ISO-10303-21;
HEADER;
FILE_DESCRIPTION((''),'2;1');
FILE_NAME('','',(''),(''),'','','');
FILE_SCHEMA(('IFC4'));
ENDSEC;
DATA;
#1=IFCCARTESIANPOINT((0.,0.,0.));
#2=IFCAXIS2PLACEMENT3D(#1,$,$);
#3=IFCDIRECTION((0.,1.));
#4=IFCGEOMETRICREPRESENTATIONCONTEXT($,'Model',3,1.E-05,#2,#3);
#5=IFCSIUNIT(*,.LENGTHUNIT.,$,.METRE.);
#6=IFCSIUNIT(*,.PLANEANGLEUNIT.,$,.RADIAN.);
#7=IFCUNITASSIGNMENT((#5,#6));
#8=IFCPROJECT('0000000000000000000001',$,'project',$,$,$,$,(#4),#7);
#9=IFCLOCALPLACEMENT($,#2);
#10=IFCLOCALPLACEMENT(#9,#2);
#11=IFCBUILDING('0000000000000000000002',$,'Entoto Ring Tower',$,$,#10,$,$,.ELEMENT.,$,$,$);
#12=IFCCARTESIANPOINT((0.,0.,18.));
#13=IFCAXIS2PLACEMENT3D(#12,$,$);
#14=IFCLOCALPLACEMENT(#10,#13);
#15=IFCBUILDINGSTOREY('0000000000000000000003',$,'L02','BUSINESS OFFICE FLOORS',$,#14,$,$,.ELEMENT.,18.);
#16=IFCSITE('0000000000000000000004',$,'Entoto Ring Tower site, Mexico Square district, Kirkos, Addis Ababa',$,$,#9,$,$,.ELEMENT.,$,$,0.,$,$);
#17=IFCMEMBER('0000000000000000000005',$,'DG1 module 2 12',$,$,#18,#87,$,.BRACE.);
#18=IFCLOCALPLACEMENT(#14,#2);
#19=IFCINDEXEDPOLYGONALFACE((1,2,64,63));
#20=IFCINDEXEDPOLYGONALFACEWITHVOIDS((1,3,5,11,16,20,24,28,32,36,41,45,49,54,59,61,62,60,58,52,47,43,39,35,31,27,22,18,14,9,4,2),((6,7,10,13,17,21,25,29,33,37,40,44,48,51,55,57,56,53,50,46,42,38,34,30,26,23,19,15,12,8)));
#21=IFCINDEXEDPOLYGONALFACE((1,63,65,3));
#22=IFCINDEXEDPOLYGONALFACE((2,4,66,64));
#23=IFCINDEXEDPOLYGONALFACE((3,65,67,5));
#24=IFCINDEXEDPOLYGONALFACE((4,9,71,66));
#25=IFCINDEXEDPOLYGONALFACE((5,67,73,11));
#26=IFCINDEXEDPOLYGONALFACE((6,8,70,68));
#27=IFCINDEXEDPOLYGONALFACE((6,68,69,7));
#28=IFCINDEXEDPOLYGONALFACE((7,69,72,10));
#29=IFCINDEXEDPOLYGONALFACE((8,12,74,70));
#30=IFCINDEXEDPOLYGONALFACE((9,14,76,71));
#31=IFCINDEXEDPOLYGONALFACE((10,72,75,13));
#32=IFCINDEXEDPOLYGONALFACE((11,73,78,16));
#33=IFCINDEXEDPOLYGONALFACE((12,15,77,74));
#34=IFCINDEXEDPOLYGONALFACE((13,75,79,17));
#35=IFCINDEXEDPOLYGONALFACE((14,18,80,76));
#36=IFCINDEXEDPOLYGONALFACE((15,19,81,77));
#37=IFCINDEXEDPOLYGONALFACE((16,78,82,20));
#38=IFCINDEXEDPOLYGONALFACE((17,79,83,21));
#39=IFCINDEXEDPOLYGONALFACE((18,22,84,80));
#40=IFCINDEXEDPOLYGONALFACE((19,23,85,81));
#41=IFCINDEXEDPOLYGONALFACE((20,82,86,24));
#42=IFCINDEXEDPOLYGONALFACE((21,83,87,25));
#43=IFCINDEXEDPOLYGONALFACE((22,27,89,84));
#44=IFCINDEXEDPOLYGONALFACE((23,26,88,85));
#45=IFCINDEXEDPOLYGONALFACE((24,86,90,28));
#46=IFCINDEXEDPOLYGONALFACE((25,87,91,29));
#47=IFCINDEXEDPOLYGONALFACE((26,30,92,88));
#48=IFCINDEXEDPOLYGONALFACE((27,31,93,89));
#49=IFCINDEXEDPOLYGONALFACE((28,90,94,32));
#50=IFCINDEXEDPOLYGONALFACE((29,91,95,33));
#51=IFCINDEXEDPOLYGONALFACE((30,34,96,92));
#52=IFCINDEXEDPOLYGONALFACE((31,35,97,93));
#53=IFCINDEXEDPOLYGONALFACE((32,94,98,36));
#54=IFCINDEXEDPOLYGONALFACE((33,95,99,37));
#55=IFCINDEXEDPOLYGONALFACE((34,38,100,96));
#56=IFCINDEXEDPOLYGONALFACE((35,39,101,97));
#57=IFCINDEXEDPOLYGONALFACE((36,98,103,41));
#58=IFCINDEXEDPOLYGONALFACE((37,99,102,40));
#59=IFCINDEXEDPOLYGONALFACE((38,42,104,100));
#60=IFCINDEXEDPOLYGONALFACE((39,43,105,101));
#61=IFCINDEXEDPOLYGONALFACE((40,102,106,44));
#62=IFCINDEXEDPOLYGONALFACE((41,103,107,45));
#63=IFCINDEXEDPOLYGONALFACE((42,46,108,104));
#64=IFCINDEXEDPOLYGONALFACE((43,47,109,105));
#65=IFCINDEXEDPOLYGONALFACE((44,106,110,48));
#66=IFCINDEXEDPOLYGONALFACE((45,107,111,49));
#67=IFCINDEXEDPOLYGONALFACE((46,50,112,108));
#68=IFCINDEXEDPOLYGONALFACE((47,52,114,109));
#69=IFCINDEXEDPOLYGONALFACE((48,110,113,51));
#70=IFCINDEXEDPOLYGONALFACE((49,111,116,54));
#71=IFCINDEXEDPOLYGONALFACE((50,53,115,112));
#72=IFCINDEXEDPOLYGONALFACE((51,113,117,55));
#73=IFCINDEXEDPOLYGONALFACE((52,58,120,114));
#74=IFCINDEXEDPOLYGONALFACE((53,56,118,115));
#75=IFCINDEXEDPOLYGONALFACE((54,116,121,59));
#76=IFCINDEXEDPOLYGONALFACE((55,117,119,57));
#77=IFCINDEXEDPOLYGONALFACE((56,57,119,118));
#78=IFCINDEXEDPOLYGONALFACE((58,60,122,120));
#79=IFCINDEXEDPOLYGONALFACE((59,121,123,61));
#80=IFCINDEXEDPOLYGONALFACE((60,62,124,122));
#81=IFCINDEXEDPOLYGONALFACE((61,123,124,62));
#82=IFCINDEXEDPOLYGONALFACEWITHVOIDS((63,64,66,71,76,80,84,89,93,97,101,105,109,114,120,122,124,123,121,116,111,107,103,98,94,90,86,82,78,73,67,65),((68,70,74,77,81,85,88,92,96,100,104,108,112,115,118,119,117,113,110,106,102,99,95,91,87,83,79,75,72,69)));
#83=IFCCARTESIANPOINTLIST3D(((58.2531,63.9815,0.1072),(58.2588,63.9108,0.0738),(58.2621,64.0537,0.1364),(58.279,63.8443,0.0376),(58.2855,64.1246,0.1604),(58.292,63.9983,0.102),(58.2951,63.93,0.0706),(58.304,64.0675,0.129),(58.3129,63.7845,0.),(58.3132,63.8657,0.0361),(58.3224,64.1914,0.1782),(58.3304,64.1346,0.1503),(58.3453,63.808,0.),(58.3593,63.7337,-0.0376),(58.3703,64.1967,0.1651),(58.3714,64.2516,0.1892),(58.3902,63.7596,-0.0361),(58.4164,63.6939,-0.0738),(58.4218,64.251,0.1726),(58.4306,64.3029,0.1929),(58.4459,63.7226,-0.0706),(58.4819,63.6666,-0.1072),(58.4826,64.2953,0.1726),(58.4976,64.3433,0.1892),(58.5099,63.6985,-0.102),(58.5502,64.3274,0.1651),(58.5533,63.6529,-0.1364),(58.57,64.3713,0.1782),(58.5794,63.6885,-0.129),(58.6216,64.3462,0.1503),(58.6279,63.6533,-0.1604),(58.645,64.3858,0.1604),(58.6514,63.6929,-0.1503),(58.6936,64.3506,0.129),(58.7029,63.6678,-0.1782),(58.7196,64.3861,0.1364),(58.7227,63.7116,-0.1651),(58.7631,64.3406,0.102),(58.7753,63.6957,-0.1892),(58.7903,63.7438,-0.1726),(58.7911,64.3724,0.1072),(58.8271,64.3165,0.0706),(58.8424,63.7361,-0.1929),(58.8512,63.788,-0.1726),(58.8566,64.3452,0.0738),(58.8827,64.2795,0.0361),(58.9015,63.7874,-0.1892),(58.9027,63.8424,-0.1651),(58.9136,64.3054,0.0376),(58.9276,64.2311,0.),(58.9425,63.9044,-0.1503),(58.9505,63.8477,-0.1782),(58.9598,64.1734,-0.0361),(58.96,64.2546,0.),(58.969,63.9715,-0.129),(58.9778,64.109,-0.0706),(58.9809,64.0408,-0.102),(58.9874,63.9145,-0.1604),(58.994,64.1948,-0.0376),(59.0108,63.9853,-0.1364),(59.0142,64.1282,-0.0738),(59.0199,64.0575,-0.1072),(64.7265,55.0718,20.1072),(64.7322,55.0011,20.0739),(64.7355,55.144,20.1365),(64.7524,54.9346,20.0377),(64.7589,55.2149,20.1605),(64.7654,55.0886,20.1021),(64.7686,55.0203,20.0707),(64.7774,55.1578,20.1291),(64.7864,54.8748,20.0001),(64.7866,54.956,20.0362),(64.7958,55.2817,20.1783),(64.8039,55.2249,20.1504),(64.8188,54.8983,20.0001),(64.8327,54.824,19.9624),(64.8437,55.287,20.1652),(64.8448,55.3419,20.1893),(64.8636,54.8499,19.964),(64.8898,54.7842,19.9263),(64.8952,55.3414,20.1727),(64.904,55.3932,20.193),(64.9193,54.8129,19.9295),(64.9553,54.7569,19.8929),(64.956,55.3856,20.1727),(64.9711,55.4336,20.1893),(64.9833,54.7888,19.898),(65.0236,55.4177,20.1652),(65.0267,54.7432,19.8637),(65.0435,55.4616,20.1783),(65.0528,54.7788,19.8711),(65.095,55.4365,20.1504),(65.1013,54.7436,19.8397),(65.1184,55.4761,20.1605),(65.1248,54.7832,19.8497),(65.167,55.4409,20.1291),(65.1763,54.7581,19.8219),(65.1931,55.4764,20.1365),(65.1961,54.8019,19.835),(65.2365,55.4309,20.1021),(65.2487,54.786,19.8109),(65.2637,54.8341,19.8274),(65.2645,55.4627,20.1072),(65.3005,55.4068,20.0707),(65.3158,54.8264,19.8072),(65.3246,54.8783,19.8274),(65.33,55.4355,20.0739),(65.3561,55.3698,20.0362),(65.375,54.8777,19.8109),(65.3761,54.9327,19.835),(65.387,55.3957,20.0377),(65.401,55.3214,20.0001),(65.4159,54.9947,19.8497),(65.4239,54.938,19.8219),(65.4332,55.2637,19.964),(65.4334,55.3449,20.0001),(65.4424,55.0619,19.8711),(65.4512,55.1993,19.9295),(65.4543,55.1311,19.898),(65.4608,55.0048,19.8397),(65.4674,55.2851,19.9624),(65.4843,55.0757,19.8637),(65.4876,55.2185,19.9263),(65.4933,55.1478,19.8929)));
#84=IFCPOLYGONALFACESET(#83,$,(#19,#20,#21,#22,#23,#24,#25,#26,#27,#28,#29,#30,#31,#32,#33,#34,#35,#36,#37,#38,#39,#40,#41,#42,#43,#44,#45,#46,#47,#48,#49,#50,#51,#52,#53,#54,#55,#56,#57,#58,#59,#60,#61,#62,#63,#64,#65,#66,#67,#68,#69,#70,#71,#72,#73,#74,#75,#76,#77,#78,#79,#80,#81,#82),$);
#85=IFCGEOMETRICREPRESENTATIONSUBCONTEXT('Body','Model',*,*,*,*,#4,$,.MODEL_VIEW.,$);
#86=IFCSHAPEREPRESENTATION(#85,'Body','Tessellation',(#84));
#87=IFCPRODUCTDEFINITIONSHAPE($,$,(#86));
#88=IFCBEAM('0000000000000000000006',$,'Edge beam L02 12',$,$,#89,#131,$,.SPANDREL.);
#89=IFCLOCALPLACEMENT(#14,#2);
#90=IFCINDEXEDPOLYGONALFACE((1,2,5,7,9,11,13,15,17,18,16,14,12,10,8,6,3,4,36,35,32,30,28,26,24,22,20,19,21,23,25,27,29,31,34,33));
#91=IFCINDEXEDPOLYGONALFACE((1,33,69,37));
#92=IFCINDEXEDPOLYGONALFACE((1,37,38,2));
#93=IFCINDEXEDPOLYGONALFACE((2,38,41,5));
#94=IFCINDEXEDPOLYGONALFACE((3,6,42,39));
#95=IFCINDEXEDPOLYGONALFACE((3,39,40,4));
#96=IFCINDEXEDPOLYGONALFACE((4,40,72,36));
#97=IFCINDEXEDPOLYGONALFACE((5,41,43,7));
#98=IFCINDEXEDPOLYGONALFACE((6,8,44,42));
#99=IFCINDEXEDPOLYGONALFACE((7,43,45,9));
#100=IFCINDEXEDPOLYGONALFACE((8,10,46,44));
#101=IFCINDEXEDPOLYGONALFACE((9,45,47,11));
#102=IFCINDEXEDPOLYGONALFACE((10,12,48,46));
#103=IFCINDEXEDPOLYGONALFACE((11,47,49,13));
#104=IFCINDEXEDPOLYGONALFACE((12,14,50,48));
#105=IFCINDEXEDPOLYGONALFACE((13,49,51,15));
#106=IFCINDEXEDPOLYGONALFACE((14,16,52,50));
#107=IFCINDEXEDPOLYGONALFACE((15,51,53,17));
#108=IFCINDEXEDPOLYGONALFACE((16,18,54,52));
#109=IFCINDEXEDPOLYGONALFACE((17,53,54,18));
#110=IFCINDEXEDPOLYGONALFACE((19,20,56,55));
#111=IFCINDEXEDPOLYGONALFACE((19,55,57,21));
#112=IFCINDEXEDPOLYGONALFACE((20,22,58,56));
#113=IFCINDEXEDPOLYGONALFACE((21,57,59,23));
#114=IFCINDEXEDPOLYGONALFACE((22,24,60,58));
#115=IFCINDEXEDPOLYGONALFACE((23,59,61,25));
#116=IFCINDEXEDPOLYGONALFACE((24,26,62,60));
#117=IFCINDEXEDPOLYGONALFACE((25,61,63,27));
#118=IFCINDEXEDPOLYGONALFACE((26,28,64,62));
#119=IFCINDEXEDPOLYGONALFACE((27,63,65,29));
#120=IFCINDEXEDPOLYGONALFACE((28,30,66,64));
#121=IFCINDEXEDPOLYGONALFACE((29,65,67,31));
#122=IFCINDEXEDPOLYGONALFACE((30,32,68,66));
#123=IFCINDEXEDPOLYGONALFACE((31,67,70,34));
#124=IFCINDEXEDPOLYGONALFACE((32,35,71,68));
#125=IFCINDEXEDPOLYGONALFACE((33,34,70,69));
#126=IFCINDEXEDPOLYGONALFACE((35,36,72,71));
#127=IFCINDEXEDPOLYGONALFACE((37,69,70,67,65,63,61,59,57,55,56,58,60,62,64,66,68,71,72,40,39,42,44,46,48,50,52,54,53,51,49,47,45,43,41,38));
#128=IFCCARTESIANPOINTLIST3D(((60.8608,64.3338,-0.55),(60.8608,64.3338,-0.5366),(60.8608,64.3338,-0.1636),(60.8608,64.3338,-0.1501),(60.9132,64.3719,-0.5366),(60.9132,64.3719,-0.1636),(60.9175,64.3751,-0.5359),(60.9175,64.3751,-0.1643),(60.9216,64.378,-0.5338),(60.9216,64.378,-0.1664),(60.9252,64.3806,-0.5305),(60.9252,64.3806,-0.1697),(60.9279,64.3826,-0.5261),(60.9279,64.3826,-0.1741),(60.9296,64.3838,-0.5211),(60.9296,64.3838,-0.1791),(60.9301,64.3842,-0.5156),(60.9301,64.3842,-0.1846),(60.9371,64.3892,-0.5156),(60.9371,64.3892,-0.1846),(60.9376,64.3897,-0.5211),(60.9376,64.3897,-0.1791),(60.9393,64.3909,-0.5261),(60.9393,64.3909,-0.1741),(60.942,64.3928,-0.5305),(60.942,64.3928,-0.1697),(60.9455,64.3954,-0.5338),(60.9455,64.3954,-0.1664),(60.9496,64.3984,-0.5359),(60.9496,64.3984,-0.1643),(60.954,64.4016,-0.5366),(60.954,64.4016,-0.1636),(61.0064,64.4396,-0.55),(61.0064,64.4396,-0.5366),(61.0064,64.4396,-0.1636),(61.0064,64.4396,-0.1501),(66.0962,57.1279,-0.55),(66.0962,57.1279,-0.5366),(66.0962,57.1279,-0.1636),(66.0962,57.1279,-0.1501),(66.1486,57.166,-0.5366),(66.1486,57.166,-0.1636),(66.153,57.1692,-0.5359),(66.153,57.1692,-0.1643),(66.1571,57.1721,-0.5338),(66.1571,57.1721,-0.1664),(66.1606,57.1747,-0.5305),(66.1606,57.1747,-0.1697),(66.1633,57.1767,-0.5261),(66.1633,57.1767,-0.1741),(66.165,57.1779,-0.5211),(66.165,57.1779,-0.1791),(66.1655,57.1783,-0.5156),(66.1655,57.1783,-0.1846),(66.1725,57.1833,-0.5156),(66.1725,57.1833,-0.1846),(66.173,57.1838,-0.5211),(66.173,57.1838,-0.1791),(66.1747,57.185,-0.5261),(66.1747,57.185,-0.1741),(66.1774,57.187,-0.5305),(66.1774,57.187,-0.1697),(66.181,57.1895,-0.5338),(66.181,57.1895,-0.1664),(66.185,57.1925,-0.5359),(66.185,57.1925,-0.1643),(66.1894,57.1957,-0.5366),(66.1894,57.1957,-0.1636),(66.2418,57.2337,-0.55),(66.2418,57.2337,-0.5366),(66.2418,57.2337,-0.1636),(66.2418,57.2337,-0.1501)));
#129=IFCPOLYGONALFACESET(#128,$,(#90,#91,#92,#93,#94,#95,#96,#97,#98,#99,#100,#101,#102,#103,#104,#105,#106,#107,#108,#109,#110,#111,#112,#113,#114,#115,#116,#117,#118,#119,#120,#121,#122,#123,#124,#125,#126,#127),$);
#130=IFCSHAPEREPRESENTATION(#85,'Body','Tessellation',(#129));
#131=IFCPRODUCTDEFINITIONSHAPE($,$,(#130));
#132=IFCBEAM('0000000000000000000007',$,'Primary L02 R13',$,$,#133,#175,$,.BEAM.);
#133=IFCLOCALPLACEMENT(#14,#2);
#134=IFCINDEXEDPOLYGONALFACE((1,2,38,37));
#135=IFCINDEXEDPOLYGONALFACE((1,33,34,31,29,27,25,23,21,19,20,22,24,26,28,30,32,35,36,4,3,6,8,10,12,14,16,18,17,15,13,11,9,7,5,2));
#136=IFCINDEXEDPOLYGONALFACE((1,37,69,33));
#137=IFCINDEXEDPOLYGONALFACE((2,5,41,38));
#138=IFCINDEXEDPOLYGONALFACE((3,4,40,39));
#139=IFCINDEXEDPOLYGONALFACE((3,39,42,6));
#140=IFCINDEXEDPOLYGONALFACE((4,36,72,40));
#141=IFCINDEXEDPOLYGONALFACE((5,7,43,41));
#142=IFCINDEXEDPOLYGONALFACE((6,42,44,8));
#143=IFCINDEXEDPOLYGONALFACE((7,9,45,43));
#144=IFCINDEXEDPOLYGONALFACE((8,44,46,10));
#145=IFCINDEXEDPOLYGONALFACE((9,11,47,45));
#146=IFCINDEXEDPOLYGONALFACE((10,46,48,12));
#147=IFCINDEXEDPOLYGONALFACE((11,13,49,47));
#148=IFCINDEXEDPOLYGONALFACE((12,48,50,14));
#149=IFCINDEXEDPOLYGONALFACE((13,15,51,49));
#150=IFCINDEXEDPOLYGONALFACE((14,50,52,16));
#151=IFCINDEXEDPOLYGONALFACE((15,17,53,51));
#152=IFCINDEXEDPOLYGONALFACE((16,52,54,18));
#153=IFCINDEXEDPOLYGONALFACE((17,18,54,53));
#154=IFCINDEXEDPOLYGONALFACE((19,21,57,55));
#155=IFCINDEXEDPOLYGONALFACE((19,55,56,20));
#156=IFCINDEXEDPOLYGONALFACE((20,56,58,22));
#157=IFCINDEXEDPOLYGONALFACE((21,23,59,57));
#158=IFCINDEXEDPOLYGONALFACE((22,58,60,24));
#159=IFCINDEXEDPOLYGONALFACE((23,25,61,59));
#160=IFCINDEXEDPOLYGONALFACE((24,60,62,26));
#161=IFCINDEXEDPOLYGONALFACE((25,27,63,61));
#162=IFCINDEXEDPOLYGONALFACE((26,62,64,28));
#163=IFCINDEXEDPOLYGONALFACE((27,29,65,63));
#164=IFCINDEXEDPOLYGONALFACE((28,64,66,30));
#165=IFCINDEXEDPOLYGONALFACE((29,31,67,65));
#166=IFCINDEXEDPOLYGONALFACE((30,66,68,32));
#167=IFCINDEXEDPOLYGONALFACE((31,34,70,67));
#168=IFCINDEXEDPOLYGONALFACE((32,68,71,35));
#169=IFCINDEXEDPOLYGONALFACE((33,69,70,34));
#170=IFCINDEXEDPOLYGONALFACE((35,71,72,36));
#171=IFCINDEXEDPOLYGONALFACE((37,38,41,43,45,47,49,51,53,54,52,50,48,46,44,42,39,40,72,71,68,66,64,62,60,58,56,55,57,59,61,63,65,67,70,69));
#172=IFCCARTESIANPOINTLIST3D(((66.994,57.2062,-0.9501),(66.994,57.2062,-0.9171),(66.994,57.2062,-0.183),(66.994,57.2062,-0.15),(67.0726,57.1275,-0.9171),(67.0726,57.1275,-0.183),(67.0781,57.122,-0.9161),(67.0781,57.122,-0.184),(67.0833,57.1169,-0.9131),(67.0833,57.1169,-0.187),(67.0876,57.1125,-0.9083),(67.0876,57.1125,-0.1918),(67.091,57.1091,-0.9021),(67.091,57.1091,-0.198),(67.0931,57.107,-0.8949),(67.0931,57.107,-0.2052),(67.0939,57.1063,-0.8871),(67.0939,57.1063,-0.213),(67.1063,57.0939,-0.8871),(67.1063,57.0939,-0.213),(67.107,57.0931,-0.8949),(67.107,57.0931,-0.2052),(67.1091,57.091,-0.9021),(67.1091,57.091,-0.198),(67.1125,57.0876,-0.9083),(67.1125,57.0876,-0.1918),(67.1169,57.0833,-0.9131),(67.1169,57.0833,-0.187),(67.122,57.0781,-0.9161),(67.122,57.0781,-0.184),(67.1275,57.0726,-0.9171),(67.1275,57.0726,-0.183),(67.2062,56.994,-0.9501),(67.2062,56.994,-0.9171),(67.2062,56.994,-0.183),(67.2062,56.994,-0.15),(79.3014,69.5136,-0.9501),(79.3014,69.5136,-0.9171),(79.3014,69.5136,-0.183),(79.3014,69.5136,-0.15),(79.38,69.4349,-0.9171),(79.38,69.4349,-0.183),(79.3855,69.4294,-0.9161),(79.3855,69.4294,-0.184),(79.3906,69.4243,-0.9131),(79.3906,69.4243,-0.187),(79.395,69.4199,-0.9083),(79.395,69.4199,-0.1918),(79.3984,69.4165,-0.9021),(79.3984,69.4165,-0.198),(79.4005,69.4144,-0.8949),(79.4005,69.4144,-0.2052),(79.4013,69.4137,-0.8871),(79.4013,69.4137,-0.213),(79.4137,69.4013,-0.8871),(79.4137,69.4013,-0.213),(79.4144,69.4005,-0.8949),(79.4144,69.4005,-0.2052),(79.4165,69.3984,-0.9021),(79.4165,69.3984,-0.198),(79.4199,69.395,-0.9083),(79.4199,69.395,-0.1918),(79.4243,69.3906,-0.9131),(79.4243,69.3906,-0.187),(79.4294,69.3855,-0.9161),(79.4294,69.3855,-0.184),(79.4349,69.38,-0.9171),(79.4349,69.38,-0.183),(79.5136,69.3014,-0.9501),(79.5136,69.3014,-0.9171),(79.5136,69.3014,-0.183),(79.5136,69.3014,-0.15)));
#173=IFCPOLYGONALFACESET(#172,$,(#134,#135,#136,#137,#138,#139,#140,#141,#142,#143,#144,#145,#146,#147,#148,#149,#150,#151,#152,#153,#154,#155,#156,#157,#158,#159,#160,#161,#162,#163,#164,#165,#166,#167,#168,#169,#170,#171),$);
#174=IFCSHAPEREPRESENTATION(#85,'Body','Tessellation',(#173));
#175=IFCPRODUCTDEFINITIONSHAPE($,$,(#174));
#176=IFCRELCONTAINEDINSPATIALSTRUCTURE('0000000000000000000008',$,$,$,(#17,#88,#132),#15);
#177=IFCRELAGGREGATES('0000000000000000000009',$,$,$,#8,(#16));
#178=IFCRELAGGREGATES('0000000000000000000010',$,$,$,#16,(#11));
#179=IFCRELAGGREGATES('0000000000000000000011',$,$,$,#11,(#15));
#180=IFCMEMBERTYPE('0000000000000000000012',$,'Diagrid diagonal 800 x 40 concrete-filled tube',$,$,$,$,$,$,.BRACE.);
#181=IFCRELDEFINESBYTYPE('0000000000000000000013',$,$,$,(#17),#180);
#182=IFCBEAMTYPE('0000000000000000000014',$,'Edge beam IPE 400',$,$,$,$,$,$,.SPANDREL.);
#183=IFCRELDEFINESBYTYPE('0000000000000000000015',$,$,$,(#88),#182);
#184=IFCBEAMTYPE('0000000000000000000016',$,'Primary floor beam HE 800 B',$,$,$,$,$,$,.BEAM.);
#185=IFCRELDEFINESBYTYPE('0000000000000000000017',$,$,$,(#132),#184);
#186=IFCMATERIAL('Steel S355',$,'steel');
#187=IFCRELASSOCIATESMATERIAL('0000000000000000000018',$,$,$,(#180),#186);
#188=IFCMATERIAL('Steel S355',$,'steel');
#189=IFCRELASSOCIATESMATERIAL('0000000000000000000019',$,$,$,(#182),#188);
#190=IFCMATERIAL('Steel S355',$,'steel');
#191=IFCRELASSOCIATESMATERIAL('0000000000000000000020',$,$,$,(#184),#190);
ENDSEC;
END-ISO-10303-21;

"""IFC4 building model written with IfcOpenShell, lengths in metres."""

from ifc_helpers import new_model, si_unit, direction, frame, origin, origin_2d, place, context, subcontext, project, spatial, circle, hollow_circle, i_section, extrude, material, material_profile, profile_set, type_object, element, save


model = new_model("IFC4")

# Units and contexts
model_context = context("Model", 3, precision=1e-05, world=origin(), true_north=direction((0.0, 1.0)))
body_context = subcontext(model_context, "Body", "Model", "MODEL_VIEW")
ifc_project = project(units=[si_unit("LENGTHUNIT", "METRE"), si_unit("PLANEANGLEUNIT", "RADIAN")], contexts=[model_context])

# Site, building, storey
site_placement = place(None, origin())
site = spatial("IfcSite", under=ifc_project, at=site_placement, Name="Entoto Ring Tower site, Mexico Square district, Kirkos, Addis Ababa", CompositionType="ELEMENT", RefElevation=0.0)
building_placement = place(site_placement, origin())
building = spatial("IfcBuilding", under=site, at=building_placement, Name="Entoto Ring Tower", CompositionType="ELEMENT")
storey_placement = place(building_placement, frame((0.0, 0.0, 18.0)))
storey = spatial("IfcBuildingStorey", under=building, at=storey_placement, Name="L02", Description="BUSINESS OFFICE FLOORS", CompositionType="ELEMENT", Elevation=18.0)

# Member
ifc_material_1 = material(Name="Steel S355", Category="steel")
ifc_material_profile_1 = material_profile(ifc_material_1, hollow_circle(Radius=0.3999, WallThickness=0.04, at=origin_2d()), Name="CHS 800 x 40")
ifc_material_2 = material(Name="Concrete C60/75", Category="concrete")
ifc_material_profile_2 = material_profile(ifc_material_2, circle(Radius=0.3601, at=origin_2d()), Name="Concrete C60/75 infill")
ifc_profile_set_1 = profile_set([ifc_material_profile_1, ifc_material_profile_2], Name="Steel S355")
member_type = type_object("IfcMemberType", Name="Diagrid diagonal 800 x 40 concrete-filled tube", PredefinedType="BRACE", material=ifc_profile_set_1)
member_1_placement = place(storey_placement, frame((58.6365, 64.0195, 0.0), z_axis=(0.283526, -0.390232, 0.875975), x_axis=(0.809011, 0.587793, 0.0)))
element("IfcMember", 1, at=member_1_placement, inside=storey, type_object=member_type, Name="DG1 module 2 12", PredefinedType="BRACE", context=body_context, shape_type="SweptSolid", body=[
    extrude(hollow_circle(Radius=0.3999, WallThickness=0.04, at=origin_2d()), origin(), (0.0, 0.0, 1.0), 22.8318),
])

# Beams
ifc_material_3 = material(Name="Steel S355", Category="steel")
ifc_material_profile_3 = material_profile(ifc_material_3, i_section(OverallWidth=0.1799, OverallDepth=0.3999, WebThickness=0.0085, FlangeThickness=0.0134, FilletRadius=0.021, at=origin_2d()), Name="IPE 400")
ifc_profile_set_2 = profile_set([ifc_material_profile_3], Name="Steel S355")
beam_type_1 = type_object("IfcBeamType", Name="Edge beam IPE 400", PredefinedType="SPANDREL", material=ifc_profile_set_2)
beam_1_placement = place(storey_placement, frame((60.9336, 64.3867, -0.3501), z_axis=(0.587787, -0.809016, 0.0), x_axis=(0.809016, 0.587787, 0.0)))
element("IfcBeam", 2, at=beam_1_placement, inside=storey, type_object=beam_type_1, Name="Edge beam L02 12", PredefinedType="SPANDREL", context=body_context, shape_type="SweptSolid", body=[
    extrude(i_section(OverallWidth=0.1799, OverallDepth=0.3999, WebThickness=0.0085, FlangeThickness=0.0134, FilletRadius=0.021, at=origin_2d()), origin(), (0.0, 0.0, 1.0), 8.907),
])
ifc_material_4 = material(Name="Steel S355", Category="steel")
ifc_material_profile_4 = material_profile(ifc_material_4, i_section(OverallWidth=0.3, OverallDepth=0.8, WebThickness=0.0176, FlangeThickness=0.033, FilletRadius=0.03, at=origin_2d()), Name="HE 800 B")
ifc_profile_set_3 = profile_set([ifc_material_profile_4], Name="Steel S355")
beam_type_2 = type_object("IfcBeamType", Name="Primary floor beam HE 800 B", PredefinedType="BEAM", material=ifc_profile_set_3)
beam_2_placement = place(storey_placement, frame((79.4075, 69.4075, -0.55), z_axis=(-0.707107, -0.707107, 0.0), x_axis=(0.707107, -0.707107, 0.0)))
element("IfcBeam", 3, at=beam_2_placement, inside=storey, type_object=beam_type_2, Name="Primary L02 R13", PredefinedType="BEAM", context=body_context, shape_type="SweptSolid", body=[
    extrude(i_section(OverallWidth=0.3, OverallDepth=0.8, WebThickness=0.0176, FlangeThickness=0.033, FilletRadius=0.03, at=origin_2d()), origin(), (0.0, 0.0, 1.0), 17.4053),
])

save(model, "model.ifc")
